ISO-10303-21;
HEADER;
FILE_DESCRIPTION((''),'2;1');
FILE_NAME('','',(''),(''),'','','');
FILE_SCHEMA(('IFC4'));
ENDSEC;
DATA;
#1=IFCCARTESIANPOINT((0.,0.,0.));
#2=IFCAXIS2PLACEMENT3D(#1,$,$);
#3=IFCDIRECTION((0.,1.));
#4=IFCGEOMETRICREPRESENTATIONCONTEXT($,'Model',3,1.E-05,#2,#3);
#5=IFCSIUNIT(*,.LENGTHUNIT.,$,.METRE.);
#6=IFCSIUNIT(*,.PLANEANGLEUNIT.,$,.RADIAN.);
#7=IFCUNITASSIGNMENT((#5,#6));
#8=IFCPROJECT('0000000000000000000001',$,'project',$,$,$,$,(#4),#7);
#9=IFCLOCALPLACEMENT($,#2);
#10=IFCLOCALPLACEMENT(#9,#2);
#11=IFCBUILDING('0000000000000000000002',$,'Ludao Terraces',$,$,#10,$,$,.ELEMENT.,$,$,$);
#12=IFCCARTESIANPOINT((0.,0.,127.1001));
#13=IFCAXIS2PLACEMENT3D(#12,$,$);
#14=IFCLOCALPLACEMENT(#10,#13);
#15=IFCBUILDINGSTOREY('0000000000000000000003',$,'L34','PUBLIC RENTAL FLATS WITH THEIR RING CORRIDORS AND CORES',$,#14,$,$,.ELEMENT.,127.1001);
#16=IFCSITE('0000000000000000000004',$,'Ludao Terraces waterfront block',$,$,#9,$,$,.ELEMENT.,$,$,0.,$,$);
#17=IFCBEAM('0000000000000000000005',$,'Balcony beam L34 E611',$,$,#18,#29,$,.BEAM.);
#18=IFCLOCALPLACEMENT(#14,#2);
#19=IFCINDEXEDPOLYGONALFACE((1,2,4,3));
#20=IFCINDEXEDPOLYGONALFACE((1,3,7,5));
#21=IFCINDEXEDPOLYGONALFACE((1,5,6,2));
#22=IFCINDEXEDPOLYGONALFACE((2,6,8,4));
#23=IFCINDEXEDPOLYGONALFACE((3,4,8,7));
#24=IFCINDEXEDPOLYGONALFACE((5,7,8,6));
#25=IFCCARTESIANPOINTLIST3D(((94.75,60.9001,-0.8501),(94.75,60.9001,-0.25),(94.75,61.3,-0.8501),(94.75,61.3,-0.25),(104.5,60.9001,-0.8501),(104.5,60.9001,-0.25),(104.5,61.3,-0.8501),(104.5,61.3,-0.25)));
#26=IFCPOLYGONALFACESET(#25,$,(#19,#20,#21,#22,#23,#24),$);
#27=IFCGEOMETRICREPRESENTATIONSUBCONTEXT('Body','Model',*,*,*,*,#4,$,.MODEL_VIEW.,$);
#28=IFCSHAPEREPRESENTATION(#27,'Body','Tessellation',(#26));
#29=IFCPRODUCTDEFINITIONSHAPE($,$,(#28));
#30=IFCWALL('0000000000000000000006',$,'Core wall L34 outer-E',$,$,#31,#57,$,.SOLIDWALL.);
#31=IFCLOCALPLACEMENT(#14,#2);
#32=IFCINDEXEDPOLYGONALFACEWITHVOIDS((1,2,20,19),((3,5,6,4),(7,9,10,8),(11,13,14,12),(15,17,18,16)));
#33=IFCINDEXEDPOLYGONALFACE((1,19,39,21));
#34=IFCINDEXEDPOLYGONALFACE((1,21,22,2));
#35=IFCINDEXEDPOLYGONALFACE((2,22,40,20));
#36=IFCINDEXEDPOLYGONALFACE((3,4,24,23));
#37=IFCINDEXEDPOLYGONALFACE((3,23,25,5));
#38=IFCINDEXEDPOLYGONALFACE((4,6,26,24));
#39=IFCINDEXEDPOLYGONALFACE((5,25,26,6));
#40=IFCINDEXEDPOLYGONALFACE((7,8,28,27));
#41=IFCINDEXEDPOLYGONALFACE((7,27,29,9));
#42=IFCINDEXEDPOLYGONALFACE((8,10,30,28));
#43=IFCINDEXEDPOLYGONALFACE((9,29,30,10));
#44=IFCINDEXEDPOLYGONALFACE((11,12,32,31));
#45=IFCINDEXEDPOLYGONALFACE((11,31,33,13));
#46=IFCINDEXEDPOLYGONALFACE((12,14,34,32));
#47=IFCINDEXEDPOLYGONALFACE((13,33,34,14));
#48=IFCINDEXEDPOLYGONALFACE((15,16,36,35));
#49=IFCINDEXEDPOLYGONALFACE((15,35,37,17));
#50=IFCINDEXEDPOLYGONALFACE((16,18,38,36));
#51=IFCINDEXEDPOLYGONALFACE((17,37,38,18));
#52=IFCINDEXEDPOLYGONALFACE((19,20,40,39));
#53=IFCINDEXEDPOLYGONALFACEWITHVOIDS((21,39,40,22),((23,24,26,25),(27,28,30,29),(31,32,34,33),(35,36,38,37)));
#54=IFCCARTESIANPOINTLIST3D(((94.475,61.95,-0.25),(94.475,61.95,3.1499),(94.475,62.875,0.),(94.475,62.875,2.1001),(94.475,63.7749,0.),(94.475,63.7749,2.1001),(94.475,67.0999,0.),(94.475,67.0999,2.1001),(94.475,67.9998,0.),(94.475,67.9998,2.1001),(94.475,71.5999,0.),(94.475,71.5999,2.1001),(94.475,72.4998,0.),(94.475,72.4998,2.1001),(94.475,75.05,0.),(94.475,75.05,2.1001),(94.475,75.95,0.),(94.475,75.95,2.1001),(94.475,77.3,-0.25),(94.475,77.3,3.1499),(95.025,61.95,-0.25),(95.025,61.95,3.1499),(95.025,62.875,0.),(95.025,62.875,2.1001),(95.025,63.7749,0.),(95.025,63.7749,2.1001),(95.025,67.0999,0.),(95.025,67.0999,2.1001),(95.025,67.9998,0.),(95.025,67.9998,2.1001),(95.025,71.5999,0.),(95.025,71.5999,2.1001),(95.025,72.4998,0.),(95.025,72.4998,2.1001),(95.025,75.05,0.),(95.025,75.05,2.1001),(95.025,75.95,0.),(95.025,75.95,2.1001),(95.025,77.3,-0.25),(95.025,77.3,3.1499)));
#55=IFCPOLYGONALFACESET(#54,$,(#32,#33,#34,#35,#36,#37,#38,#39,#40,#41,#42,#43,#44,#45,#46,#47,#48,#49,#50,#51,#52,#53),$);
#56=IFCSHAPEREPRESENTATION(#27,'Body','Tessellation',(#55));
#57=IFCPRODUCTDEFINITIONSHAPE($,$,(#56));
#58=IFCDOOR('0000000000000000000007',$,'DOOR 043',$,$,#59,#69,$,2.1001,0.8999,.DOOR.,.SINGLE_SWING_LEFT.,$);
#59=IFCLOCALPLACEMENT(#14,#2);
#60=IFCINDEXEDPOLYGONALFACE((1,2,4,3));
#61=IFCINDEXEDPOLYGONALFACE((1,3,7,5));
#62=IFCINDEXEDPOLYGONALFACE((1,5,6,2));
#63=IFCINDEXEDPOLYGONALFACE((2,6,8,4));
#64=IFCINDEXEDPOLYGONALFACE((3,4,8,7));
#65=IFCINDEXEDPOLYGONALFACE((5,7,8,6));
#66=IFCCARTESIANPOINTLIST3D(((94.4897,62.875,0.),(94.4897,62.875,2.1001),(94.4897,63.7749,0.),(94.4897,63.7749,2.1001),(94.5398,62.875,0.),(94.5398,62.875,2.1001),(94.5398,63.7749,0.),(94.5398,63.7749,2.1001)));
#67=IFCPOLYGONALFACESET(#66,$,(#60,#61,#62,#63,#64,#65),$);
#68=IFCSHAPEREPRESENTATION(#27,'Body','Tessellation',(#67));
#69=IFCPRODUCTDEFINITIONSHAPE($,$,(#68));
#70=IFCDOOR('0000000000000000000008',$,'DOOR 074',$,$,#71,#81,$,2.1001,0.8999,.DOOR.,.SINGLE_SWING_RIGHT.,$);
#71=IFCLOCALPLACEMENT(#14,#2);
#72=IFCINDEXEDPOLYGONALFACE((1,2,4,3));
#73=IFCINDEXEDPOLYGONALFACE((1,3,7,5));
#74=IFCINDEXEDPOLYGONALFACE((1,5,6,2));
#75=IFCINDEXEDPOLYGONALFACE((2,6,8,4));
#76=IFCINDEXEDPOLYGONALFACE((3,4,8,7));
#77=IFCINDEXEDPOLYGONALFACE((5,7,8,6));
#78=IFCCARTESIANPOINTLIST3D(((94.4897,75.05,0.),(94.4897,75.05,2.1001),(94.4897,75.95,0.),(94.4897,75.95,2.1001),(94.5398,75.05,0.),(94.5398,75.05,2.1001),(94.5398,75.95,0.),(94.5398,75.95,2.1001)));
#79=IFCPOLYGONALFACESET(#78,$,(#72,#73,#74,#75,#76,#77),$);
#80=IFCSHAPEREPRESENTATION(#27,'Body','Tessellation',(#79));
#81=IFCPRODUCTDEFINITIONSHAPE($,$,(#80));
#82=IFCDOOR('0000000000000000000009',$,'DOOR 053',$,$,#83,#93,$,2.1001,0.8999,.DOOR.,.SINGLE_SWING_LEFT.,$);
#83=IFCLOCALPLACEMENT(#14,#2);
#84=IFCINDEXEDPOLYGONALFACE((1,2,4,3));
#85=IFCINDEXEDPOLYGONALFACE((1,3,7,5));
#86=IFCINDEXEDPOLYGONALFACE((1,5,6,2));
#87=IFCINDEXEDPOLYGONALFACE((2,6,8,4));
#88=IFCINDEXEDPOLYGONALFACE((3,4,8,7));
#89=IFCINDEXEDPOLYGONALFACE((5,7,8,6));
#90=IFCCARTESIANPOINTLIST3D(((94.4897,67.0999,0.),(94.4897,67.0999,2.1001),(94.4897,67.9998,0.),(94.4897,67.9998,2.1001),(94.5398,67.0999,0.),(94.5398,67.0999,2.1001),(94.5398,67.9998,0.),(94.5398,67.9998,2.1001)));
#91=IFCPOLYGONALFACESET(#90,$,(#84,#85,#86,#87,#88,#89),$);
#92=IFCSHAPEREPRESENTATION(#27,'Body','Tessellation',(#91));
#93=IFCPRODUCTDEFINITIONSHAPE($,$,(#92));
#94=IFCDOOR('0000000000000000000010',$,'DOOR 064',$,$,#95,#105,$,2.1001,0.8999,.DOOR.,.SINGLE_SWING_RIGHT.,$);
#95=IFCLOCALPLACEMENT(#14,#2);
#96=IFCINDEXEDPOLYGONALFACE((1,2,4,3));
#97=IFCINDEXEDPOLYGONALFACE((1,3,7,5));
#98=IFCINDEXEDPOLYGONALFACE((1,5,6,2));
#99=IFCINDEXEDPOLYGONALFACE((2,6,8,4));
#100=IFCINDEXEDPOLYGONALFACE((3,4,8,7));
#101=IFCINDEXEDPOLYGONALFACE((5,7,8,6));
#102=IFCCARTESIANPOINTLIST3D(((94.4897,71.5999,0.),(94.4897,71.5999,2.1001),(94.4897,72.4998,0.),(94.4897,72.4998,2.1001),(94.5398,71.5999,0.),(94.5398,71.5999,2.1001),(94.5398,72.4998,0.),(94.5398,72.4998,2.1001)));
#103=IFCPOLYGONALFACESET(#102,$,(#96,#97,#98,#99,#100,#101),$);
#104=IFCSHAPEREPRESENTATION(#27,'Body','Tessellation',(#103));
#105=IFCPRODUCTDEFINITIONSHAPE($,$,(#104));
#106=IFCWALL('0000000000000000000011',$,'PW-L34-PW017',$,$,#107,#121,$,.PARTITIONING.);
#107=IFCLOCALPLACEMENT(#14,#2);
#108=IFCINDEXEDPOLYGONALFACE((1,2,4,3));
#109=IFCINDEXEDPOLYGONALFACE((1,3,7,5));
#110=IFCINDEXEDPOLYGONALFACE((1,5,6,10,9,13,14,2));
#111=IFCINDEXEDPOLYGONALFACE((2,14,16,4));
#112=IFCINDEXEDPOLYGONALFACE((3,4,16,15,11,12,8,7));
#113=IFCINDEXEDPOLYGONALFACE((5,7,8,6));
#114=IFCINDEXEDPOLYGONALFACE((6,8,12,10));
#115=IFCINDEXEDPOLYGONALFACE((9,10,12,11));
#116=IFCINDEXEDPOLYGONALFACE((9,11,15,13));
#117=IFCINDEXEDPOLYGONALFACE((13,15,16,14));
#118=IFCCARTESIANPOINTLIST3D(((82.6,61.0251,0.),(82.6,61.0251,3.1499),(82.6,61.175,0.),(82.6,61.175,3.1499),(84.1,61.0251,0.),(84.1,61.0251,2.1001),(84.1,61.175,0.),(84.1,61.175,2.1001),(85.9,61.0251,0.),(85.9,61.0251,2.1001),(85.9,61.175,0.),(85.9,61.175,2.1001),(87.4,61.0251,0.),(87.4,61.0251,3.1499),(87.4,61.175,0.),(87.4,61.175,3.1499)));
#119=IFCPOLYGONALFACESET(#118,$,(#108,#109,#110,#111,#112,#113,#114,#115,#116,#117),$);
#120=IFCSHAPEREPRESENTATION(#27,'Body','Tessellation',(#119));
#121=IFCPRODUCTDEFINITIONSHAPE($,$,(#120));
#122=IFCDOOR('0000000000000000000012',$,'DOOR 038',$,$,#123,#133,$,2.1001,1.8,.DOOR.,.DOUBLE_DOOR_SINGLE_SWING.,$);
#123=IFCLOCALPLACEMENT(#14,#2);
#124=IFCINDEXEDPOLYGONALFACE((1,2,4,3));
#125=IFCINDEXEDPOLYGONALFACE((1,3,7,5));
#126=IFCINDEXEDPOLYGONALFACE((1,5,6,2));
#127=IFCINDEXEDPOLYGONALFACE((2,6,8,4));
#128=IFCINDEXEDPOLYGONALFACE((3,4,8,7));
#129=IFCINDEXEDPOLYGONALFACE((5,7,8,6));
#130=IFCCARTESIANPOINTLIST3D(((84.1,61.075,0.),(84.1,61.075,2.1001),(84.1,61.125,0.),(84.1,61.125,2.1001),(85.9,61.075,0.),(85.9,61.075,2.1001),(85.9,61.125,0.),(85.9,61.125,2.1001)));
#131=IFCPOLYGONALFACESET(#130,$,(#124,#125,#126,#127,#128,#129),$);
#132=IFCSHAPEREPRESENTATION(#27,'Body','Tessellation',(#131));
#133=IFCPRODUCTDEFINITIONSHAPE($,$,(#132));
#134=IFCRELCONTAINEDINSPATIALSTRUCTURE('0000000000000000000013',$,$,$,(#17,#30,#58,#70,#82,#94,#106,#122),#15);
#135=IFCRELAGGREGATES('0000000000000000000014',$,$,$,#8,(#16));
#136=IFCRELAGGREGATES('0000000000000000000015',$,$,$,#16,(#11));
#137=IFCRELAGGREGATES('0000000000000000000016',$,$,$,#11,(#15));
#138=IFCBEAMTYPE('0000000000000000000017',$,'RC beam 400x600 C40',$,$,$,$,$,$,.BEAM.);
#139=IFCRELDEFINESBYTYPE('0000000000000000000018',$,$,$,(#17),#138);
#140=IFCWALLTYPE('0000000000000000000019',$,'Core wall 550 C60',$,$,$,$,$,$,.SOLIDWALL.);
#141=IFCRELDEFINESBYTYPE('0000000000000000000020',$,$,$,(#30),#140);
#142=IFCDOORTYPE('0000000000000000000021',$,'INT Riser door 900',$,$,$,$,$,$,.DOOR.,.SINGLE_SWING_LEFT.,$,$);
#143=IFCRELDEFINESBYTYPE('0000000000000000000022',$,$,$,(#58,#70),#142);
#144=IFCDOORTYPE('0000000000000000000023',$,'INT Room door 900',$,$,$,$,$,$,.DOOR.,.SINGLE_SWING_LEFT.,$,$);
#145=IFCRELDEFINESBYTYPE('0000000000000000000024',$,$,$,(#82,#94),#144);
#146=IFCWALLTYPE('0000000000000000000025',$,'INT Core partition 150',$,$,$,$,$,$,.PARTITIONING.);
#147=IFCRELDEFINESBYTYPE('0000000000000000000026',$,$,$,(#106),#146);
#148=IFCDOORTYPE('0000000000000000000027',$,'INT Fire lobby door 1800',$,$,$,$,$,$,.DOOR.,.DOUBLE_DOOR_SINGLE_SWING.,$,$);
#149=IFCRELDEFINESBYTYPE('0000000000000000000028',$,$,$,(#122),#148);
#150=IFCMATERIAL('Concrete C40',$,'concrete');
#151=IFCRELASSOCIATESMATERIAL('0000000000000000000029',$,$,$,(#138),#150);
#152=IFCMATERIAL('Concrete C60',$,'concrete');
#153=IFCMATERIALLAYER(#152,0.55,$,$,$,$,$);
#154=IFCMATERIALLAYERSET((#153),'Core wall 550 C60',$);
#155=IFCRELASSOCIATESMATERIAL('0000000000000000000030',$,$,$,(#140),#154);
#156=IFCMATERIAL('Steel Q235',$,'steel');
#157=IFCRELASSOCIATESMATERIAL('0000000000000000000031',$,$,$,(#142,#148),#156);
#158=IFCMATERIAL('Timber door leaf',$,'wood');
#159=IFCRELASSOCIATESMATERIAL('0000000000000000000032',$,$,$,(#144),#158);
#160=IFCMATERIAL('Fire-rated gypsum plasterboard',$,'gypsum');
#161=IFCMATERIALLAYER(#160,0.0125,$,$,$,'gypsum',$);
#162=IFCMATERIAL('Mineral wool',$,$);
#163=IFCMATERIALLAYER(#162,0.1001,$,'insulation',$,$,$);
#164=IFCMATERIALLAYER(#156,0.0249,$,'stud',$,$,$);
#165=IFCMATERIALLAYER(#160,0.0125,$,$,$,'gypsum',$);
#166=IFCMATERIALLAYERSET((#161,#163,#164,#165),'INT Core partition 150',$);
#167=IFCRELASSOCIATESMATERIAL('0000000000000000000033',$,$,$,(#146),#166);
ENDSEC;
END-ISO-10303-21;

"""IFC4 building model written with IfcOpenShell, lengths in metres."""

from ifc_helpers import new_model, si_unit, direction, frame, frame_2d, origin, origin_2d, place, context, subcontext, project, spatial, rectangle, extrude, material, layer, layer_set, material_profile, profile_set, type_object, element, fill, save


model = new_model("IFC4")

# Units and contexts
model_context = context("Model", 3, precision=1e-05, world=origin(), true_north=direction((0.0, 1.0)))
body_context = subcontext(model_context, "Body", "Model", "MODEL_VIEW")
ifc_project = project(units=[si_unit("LENGTHUNIT", "METRE"), si_unit("PLANEANGLEUNIT", "RADIAN")], contexts=[model_context])

# Site, building, storey
site_placement = place(None, origin())
site = spatial("IfcSite", under=ifc_project, at=site_placement, Name="Ludao Terraces waterfront block", CompositionType="ELEMENT", RefElevation=0.0)
building_placement = place(site_placement, origin())
building = spatial("IfcBuilding", under=site, at=building_placement, Name="Ludao Terraces", CompositionType="ELEMENT")
storey_placement = place(building_placement, frame((0.0, 0.0, 127.1001)))
storey = spatial("IfcBuildingStorey", under=building, at=storey_placement, Name="L34", Description="PUBLIC RENTAL FLATS WITH THEIR RING CORRIDORS AND CORES", CompositionType="ELEMENT", Elevation=127.1001)

# Beam
ifc_material_1 = material(Name="Concrete C40", Category="concrete")
ifc_material_profile = material_profile(ifc_material_1, rectangle(XDim=0.3999, YDim=0.6001, at=origin_2d()), Name="400 X 600")
ifc_profile_set = profile_set([ifc_material_profile], Name="Concrete C40")
beam_type = type_object("IfcBeamType", Name="RC beam 400x600 C40", PredefinedType="BEAM", material=ifc_profile_set)
beam_placement = place(storey_placement, frame((94.75, 61.1001, -0.55), z_axis=(1.0, 0.0, 0.0), x_axis=(0.0, 1.0, 0.0)))
element("IfcBeam", 1, at=beam_placement, inside=storey, type_object=beam_type, Name="Balcony beam L34 E611", PredefinedType="BEAM", context=body_context, shape_type="SweptSolid", body=[
    extrude(rectangle(XDim=0.3999, YDim=0.6001, at=origin_2d()), origin(), (0.0, 0.0, 1.0), 9.75),
])

# Wall, openings, doors
ifc_material_2 = material(Name="Concrete C60", Category="concrete")
ifc_layer_1 = layer(ifc_material_2, 0.55)
ifc_layer_set_1 = layer_set([ifc_layer_1], Name="Core wall 550 C60")
wall_type_1 = type_object("IfcWallType", Name="Core wall 550 C60", PredefinedType="SOLIDWALL", material=ifc_layer_set_1)
wall_1_placement = place(storey_placement, frame((94.75, 61.95, -0.25), z_axis=(0.0, 0.0, 1.0), x_axis=(0.0, 1.0, 0.0)))
wall_1 = element("IfcWall", 2, at=wall_1_placement, inside=storey, type_object=wall_type_1, Name="Core wall L34 outer-E", PredefinedType="SOLIDWALL", context=body_context, shape_type="SweptSolid", body=[
    extrude(rectangle(XDim=15.3501, YDim=0.55, at=frame_2d((7.675, 0.0))), origin(), (0.0, 0.0, 1.0), 3.3999),
])
opening_1_placement = place(wall_1_placement, frame((0.925, 0.0, 0.25)))
opening_1 = element("IfcOpeningElement", 3, at=opening_1_placement, cuts=wall_1, PredefinedType="OPENING", context=body_context, shape_type="SweptSolid", body=[
    extrude(rectangle(XDim=0.8999, YDim=2.1001, at=frame_2d((0.45, 1.05))), frame((0.0, 0.2852, 0.0), z_axis=(0.0, -1.0, 0.0), x_axis=(1.0, 0.0, 0.0)), (0.0, 0.0, 1.0), 0.5701),
])
opening_2_placement = place(wall_1_placement, frame((5.1499, 0.0, 0.25)))
opening_2 = element("IfcOpeningElement", 4, at=opening_2_placement, cuts=wall_1, PredefinedType="OPENING", context=body_context, shape_type="SweptSolid", body=[
    extrude(rectangle(XDim=0.8999, YDim=2.1001, at=frame_2d((0.45, 1.05))), frame((0.0, 0.2852, 0.0), z_axis=(0.0, -1.0, 0.0), x_axis=(1.0, 0.0, 0.0)), (0.0, 0.0, 1.0), 0.5701),
])
opening_3_placement = place(wall_1_placement, frame((9.6499, 0.0, 0.25)))
opening_3 = element("IfcOpeningElement", 5, at=opening_3_placement, cuts=wall_1, PredefinedType="OPENING", context=body_context, shape_type="SweptSolid", body=[
    extrude(rectangle(XDim=0.8999, YDim=2.1001, at=frame_2d((0.45, 1.05))), frame((0.0, 0.2852, 0.0), z_axis=(0.0, -1.0, 0.0), x_axis=(1.0, 0.0, 0.0)), (0.0, 0.0, 1.0), 0.5701),
])
opening_4_placement = place(wall_1_placement, frame((13.1001, 0.0, 0.25)))
opening_4 = element("IfcOpeningElement", 6, at=opening_4_placement, cuts=wall_1, PredefinedType="OPENING", context=body_context, shape_type="SweptSolid", body=[
    extrude(rectangle(XDim=0.8999, YDim=2.1001, at=frame_2d((0.45, 1.05))), frame((0.0, 0.2852, 0.0), z_axis=(0.0, -1.0, 0.0), x_axis=(1.0, 0.0, 0.0)), (0.0, 0.0, 1.0), 0.5701),
])
ifc_material_3 = material(Name="Steel Q235", Category="steel")
door_type_1 = type_object("IfcDoorType", Name="INT Riser door 900", OperationType="SINGLE_SWING_LEFT", PredefinedType="DOOR", material=ifc_material_3)
door_1_placement = place(opening_1_placement, origin())
door_1 = element("IfcDoor", 7, at=door_1_placement, inside=storey, type_object=door_type_1, Name="DOOR 043", OperationType="SINGLE_SWING_LEFT", OverallHeight=2.1001, OverallWidth=0.8999, PredefinedType="DOOR", context=body_context, shape_type="SweptSolid", body=[
    extrude(rectangle(XDim=0.8999, YDim=2.1001, at=frame_2d((0.45, 1.05))), frame((0.0, 0.2603, 0.0), z_axis=(0.0, -1.0, 0.0), x_axis=(1.0, 0.0, 0.0)), (0.0, 0.0, 1.0), 0.05),
])
fill(opening_1, door_1)
door_2_placement = place(opening_4_placement, origin())
door_2 = element("IfcDoor", 8, at=door_2_placement, inside=storey, type_object=door_type_1, Name="DOOR 074", OperationType="SINGLE_SWING_RIGHT", OverallHeight=2.1001, OverallWidth=0.8999, PredefinedType="DOOR", context=body_context, shape_type="SweptSolid", body=[
    extrude(rectangle(XDim=0.8999, YDim=2.1001, at=frame_2d((0.45, 1.05))), frame((0.0, 0.2603, 0.0), z_axis=(0.0, -1.0, 0.0), x_axis=(1.0, 0.0, 0.0)), (0.0, 0.0, 1.0), 0.05),
])
fill(opening_4, door_2)
ifc_material_4 = material(Name="Timber door leaf", Category="wood")
door_type_2 = type_object("IfcDoorType", Name="INT Room door 900", OperationType="SINGLE_SWING_LEFT", PredefinedType="DOOR", material=ifc_material_4)
door_3_placement = place(opening_2_placement, origin())
door_3 = element("IfcDoor", 9, at=door_3_placement, inside=storey, type_object=door_type_2, Name="DOOR 053", OperationType="SINGLE_SWING_LEFT", OverallHeight=2.1001, OverallWidth=0.8999, PredefinedType="DOOR", context=body_context, shape_type="SweptSolid", body=[
    extrude(rectangle(XDim=0.8999, YDim=2.1001, at=frame_2d((0.45, 1.05))), frame((0.0, 0.2603, 0.0), z_axis=(0.0, -1.0, 0.0), x_axis=(1.0, 0.0, 0.0)), (0.0, 0.0, 1.0), 0.05),
])
fill(opening_2, door_3)
door_4_placement = place(opening_3_placement, origin())
door_4 = element("IfcDoor", 10, at=door_4_placement, inside=storey, type_object=door_type_2, Name="DOOR 064", OperationType="SINGLE_SWING_RIGHT", OverallHeight=2.1001, OverallWidth=0.8999, PredefinedType="DOOR", context=body_context, shape_type="SweptSolid", body=[
    extrude(rectangle(XDim=0.8999, YDim=2.1001, at=frame_2d((0.45, 1.05))), frame((0.0, 0.2603, 0.0), z_axis=(0.0, -1.0, 0.0), x_axis=(1.0, 0.0, 0.0)), (0.0, 0.0, 1.0), 0.05),
])
fill(opening_3, door_4)

# Wall, opening, door
ifc_material_5 = material(Name="Fire-rated gypsum plasterboard", Category="gypsum")
ifc_layer_2 = layer(ifc_material_5, 0.0125, Category="gypsum")
ifc_material_6 = material(Name="Mineral wool")
ifc_layer_3 = layer(ifc_material_6, 0.1001, Name="insulation")
ifc_layer_4 = layer(ifc_material_3, 0.0249, Name="stud")
ifc_layer_5 = layer(ifc_material_5, 0.0125, Category="gypsum")
ifc_layer_set_2 = layer_set([ifc_layer_2, ifc_layer_3, ifc_layer_4, ifc_layer_5], Name="INT Core partition 150")
wall_type_2 = type_object("IfcWallType", Name="INT Core partition 150", PredefinedType="PARTITIONING", material=ifc_layer_set_2)
wall_2_placement = place(storey_placement, frame((82.6001, 61.1001, 0.0), z_axis=(0.0, 0.0, 1.0), x_axis=(1.0, 0.0, 0.0)))
wall_2 = element("IfcWall", 11, at=wall_2_placement, inside=storey, type_object=wall_type_2, Name="PW-L34-PW017", PredefinedType="PARTITIONING", context=body_context, shape_type="SweptSolid", body=[
    extrude(rectangle(XDim=4.8, YDim=0.1499, at=frame_2d((2.3999, 0.0))), origin(), (0.0, 0.0, 1.0), 3.1499),
])
opening_5_placement = place(wall_2_placement, frame((1.5, 0.0, 0.0)))
opening_5 = element("IfcOpeningElement", 12, at=opening_5_placement, cuts=wall_2, PredefinedType="OPENING", context=body_context, shape_type="SweptSolid", body=[
    extrude(rectangle(XDim=1.8, YDim=2.1001, at=frame_2d((0.8999, 1.05))), frame((0.0, 0.085, 0.0), z_axis=(0.0, -1.0, 0.0), x_axis=(1.0, 0.0, 0.0)), (0.0, 0.0, 1.0), 0.1699),
])
door_type_3 = type_object("IfcDoorType", Name="INT Fire lobby door 1800", OperationType="DOUBLE_DOOR_SINGLE_SWING", PredefinedType="DOOR", material=ifc_material_3)
door_5_placement = place(opening_5_placement, origin())
door_5 = element("IfcDoor", 13, at=door_5_placement, inside=storey, type_object=door_type_3, Name="DOOR 038", OperationType="DOUBLE_DOOR_SINGLE_SWING", OverallHeight=2.1001, OverallWidth=1.8, PredefinedType="DOOR", context=body_context, shape_type="SweptSolid", body=[
    extrude(rectangle(XDim=1.8, YDim=2.1001, at=frame_2d((0.8999, 1.05))), frame((0.0, 0.0249, 0.0), z_axis=(0.0, -1.0, 0.0), x_axis=(1.0, 0.0, 0.0)), (0.0, 0.0, 1.0), 0.05),
])
fill(opening_5, door_5)

save(model, "model.ifc")
